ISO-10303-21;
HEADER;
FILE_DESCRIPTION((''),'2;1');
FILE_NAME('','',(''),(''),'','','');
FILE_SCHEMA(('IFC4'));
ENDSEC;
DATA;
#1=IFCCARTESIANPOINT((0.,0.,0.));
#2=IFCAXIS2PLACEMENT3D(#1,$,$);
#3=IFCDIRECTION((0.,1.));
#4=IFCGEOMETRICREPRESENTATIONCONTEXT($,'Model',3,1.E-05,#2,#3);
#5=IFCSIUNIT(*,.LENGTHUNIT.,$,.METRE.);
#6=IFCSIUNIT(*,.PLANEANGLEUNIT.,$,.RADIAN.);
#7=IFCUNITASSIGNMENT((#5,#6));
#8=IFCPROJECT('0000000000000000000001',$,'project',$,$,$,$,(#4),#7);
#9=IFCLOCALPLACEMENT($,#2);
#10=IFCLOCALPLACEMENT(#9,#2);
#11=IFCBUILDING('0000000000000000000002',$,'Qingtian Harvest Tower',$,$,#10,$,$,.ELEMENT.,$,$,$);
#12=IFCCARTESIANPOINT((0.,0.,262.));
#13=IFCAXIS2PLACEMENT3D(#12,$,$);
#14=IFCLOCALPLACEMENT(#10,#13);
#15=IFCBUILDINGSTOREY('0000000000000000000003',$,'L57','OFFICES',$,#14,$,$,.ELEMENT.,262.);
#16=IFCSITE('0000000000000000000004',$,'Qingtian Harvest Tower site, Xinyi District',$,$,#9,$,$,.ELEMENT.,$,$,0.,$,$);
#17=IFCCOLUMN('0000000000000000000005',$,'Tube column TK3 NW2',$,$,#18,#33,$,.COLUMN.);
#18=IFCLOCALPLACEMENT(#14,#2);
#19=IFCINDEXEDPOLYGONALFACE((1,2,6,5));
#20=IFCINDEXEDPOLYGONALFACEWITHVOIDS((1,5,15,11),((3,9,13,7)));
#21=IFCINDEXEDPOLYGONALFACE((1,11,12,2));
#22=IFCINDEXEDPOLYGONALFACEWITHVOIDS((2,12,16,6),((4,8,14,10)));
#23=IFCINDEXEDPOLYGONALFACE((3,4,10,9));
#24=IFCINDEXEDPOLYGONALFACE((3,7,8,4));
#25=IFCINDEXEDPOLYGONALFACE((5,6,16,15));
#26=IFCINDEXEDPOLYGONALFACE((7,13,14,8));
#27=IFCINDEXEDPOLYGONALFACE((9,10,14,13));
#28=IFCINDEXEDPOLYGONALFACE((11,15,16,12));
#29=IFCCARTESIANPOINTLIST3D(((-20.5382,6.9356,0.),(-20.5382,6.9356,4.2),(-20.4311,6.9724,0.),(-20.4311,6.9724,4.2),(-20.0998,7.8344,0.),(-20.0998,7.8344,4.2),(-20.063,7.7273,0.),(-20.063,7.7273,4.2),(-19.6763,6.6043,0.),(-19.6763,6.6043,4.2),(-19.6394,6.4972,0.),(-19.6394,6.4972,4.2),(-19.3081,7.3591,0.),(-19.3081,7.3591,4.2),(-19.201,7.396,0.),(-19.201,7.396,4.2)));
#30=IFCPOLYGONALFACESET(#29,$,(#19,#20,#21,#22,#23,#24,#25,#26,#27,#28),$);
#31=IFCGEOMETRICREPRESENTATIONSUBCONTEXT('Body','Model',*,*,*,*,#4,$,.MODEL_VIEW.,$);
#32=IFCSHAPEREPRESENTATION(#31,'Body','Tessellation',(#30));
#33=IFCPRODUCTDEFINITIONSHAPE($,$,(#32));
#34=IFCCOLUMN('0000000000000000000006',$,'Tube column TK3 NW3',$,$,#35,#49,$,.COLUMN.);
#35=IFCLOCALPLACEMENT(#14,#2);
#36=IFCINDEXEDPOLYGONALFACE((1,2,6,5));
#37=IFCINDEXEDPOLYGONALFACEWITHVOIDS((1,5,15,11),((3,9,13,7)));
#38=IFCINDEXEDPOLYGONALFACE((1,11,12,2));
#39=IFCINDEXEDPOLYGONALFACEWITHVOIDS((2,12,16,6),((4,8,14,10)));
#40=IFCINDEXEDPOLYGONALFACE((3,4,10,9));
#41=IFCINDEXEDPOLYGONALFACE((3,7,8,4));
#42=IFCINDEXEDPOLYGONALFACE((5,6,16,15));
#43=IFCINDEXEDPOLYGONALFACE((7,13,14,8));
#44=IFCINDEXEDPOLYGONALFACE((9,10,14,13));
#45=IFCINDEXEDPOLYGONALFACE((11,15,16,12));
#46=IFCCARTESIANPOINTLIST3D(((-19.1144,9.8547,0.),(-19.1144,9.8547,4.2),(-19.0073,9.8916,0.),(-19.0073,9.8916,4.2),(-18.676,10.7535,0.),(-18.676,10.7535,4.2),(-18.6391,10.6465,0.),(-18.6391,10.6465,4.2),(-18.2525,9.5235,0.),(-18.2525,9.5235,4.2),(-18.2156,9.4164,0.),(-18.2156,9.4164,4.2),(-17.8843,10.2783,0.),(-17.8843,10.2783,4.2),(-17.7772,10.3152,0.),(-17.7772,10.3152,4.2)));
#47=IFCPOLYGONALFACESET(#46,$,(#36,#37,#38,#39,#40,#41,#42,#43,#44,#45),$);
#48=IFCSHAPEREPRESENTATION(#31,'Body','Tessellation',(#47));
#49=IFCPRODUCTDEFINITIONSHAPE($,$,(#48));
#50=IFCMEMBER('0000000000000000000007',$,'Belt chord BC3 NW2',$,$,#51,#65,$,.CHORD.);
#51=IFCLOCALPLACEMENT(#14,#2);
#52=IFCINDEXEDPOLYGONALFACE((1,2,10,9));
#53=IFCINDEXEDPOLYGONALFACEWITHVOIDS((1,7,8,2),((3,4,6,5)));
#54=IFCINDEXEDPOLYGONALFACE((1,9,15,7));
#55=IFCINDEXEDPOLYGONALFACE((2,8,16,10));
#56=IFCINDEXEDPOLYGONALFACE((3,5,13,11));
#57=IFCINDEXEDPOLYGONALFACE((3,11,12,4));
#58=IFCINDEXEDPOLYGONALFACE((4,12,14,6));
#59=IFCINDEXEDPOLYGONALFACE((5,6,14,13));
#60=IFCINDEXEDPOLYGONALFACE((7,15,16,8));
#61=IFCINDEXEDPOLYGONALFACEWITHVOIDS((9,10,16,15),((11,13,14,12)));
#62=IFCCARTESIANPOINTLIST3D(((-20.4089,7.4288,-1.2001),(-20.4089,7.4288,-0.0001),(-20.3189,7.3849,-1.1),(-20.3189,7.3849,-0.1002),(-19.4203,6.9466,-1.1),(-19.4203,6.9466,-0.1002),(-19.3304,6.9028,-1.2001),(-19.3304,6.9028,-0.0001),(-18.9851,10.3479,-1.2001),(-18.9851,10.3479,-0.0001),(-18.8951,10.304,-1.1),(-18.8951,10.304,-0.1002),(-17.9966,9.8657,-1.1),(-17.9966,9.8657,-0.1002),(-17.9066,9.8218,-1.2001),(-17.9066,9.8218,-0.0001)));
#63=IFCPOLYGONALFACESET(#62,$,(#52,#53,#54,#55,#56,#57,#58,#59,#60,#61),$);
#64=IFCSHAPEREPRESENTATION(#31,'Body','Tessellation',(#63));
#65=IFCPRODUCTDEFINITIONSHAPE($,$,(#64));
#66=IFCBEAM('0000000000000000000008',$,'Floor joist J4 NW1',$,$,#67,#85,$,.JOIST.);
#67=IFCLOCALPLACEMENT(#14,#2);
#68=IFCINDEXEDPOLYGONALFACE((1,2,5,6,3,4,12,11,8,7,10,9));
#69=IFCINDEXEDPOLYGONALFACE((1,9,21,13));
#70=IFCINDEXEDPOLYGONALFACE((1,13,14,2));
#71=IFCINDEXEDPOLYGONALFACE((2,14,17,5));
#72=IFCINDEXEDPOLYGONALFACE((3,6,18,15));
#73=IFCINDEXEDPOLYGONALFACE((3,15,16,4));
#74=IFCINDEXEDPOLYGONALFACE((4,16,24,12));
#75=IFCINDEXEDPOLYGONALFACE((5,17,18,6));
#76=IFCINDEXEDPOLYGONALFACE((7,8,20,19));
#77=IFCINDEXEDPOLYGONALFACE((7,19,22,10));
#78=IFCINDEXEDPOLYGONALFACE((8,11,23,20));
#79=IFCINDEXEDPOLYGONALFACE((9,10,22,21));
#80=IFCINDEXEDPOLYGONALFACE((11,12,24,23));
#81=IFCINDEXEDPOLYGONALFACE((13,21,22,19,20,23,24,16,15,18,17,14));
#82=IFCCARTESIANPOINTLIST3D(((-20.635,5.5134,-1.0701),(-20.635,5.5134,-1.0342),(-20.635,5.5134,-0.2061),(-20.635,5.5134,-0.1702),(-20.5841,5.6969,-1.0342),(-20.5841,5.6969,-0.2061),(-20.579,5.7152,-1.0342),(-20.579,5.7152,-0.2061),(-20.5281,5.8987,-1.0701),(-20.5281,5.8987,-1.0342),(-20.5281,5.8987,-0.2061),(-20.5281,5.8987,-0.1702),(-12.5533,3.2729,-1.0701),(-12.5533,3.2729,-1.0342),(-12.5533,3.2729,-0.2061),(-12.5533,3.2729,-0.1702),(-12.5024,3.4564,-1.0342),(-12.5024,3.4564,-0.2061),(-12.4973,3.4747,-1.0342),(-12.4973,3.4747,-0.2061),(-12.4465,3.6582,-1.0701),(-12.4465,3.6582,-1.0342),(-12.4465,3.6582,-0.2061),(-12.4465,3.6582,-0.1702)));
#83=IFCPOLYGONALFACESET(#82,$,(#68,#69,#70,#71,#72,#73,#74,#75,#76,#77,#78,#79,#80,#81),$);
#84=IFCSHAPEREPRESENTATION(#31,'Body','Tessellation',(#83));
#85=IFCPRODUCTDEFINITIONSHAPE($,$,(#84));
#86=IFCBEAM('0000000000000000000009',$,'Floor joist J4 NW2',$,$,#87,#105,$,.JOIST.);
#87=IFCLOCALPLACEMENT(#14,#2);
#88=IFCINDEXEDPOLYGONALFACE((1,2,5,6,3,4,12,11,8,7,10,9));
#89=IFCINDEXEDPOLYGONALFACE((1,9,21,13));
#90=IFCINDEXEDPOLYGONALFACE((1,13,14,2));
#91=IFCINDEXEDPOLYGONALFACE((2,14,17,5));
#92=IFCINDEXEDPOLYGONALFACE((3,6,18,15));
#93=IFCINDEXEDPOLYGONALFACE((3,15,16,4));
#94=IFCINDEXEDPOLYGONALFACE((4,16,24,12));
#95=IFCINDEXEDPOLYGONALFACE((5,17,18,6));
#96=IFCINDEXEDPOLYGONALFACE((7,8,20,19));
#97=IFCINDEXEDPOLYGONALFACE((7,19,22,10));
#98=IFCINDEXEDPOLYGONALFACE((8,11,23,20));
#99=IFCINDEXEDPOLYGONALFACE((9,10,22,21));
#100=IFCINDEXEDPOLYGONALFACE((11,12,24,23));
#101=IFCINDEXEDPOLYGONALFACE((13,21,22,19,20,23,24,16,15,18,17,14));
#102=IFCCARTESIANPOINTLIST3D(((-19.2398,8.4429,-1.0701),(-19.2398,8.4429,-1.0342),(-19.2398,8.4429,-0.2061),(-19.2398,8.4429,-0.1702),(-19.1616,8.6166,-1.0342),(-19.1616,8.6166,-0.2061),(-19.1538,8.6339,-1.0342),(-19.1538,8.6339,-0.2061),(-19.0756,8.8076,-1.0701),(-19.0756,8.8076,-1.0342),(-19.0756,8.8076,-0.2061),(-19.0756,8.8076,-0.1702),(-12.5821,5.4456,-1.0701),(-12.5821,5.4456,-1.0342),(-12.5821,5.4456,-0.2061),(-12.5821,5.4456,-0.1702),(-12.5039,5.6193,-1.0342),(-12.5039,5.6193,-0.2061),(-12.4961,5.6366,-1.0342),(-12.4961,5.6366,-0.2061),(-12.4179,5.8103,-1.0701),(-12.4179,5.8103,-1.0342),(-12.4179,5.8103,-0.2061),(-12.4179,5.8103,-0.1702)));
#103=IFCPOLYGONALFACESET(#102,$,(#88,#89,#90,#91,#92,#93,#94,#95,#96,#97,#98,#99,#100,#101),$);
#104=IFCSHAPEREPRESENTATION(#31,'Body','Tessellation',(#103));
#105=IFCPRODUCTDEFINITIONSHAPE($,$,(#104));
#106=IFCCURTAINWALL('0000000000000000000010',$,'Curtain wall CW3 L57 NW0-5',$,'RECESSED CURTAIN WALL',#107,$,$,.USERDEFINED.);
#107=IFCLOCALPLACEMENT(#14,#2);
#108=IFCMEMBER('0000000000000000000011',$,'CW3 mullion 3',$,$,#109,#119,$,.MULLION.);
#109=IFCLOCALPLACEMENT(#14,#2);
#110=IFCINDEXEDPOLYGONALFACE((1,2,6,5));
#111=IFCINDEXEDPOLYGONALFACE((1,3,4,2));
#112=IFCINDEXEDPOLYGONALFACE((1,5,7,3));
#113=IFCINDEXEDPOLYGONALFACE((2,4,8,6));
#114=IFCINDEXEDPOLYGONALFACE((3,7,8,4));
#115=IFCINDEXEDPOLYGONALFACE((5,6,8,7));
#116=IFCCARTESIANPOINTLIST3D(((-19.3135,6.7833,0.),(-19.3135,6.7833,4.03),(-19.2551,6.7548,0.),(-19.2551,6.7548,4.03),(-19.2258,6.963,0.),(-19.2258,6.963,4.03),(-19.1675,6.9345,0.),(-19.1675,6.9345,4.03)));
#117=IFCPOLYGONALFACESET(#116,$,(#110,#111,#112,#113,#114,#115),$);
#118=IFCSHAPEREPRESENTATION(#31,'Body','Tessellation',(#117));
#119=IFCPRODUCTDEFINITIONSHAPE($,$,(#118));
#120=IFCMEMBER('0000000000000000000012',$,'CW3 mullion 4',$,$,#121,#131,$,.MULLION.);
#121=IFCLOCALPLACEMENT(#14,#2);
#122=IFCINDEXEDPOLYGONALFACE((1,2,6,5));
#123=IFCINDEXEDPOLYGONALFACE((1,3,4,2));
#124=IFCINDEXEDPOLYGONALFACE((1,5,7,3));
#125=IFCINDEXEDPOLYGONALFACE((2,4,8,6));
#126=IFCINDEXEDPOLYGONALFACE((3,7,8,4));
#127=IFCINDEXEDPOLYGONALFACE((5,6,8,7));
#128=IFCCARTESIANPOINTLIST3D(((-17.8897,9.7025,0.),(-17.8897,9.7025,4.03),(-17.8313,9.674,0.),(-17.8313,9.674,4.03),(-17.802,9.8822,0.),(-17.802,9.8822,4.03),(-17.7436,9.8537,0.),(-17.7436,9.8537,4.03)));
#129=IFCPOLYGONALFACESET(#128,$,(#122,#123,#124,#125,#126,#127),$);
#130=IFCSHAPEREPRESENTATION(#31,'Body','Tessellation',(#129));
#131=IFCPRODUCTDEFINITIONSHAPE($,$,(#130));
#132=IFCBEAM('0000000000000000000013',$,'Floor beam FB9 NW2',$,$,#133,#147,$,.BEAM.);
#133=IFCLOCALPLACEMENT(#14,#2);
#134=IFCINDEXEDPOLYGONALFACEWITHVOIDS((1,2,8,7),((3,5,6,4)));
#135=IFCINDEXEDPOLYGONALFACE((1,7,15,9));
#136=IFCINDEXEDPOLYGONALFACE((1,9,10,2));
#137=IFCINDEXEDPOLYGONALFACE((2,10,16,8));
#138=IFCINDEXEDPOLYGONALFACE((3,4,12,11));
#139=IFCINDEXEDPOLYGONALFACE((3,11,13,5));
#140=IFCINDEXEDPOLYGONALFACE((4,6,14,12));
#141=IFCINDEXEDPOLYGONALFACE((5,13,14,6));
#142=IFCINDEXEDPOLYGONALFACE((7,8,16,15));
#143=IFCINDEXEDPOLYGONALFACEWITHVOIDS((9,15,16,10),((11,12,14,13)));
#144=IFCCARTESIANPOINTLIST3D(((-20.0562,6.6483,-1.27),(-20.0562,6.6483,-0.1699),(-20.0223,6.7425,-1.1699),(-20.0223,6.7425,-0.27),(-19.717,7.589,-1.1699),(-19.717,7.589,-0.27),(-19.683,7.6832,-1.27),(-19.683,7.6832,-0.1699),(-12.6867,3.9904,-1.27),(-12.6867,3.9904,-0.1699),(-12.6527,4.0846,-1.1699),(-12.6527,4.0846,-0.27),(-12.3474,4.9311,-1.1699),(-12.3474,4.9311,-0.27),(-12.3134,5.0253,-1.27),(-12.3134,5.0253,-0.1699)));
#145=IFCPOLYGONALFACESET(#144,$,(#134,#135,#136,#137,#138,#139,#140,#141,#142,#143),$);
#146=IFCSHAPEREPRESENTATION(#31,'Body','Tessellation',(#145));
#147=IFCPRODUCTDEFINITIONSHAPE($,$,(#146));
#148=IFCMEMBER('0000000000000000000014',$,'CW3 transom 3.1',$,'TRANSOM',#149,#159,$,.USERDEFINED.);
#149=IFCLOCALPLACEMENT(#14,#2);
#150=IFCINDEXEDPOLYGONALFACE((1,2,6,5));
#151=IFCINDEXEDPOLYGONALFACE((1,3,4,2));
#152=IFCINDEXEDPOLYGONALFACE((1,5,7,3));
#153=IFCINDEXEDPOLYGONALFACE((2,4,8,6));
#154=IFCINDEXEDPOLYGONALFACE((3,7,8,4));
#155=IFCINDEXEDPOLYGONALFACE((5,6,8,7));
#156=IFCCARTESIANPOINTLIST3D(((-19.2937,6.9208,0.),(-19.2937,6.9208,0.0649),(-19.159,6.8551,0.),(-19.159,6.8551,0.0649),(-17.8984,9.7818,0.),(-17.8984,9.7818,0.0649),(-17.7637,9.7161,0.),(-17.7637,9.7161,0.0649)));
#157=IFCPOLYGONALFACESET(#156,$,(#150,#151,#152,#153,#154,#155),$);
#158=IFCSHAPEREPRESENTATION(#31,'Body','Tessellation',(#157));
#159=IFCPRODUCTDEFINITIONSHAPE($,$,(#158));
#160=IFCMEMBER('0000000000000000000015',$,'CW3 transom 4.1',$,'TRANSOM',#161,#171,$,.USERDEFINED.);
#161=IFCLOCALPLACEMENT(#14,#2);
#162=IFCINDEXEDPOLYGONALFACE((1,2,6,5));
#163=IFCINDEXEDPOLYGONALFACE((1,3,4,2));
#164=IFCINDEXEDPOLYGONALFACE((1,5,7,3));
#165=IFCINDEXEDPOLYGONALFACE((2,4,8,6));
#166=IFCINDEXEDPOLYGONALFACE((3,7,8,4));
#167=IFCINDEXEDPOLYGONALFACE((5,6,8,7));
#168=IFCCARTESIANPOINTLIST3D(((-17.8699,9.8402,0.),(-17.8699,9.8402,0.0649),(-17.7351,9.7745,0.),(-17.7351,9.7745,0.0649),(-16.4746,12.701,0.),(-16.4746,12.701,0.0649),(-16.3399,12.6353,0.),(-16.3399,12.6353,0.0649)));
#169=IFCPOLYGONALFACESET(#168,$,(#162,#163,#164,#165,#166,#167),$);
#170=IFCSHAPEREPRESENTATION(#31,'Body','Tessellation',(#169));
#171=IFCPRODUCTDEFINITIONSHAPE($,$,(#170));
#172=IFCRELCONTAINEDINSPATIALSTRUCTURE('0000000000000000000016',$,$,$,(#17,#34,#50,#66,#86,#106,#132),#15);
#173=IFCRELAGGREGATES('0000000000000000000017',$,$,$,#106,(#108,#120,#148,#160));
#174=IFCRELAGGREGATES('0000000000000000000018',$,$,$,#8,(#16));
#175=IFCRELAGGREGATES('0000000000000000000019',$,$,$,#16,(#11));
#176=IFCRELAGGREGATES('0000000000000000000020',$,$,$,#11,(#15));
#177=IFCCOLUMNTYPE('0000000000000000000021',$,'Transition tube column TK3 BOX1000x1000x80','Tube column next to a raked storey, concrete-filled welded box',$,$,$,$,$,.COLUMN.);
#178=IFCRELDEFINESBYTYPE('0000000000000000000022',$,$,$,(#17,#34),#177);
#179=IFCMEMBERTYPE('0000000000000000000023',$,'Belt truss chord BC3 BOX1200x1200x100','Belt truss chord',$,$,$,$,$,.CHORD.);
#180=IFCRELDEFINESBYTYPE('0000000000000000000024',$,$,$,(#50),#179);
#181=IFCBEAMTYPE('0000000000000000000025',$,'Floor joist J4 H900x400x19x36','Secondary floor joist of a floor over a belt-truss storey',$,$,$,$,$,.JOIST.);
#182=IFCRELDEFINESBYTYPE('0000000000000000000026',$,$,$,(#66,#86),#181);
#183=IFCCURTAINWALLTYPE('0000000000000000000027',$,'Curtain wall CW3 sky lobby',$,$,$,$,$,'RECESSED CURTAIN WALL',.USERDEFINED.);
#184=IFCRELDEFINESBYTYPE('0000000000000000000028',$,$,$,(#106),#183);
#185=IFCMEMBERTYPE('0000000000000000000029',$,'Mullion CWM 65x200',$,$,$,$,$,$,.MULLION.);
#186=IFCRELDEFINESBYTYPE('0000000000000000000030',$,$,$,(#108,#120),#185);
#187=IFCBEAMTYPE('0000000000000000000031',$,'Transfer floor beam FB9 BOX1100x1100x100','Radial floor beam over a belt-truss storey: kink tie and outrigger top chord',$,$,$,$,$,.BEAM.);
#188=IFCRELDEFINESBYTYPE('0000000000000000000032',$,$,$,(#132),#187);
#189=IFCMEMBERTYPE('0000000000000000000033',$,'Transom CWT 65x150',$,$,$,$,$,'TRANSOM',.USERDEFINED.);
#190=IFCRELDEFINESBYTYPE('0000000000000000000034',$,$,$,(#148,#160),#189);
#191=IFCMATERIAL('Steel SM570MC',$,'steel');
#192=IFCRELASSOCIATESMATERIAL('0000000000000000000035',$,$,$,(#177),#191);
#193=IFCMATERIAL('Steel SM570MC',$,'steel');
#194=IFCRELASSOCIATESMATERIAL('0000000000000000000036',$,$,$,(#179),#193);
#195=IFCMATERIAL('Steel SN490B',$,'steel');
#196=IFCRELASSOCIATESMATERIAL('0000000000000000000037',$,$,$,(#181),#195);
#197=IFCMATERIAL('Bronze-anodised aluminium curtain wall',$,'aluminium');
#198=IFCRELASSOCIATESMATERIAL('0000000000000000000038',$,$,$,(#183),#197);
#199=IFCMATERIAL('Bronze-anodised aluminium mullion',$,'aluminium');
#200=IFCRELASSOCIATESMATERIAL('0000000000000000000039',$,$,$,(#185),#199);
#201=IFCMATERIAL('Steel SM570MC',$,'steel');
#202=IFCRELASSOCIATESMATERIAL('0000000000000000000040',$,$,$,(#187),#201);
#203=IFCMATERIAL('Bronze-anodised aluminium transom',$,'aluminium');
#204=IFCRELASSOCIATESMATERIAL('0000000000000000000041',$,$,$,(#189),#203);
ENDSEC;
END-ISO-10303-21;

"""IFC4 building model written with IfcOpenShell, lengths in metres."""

from ifc_helpers import new_model, si_unit, direction, frame, origin, origin_2d, place, context, subcontext, project, spatial, rectangle, hollow_rectangle, i_section, extrude, material, material_profile, profile_set, type_object, element, aggregate, save


model = new_model("IFC4")

# Units and contexts
model_context = context("Model", 3, precision=1e-05, world=origin(), true_north=direction((0.0, 1.0)))
body_context = subcontext(model_context, "Body", "Model", "MODEL_VIEW")
ifc_project = project(units=[si_unit("LENGTHUNIT", "METRE"), si_unit("PLANEANGLEUNIT", "RADIAN")], contexts=[model_context])

# Site, building, storey
site_placement = place(None, origin())
site = spatial("IfcSite", under=ifc_project, at=site_placement, Name="Qingtian Harvest Tower site, Xinyi District", CompositionType="ELEMENT", RefElevation=0.0)
building_placement = place(site_placement, origin())
building = spatial("IfcBuilding", under=site, at=building_placement, Name="Qingtian Harvest Tower", CompositionType="ELEMENT")
storey_placement = place(building_placement, frame((0.0, 0.0, 262.0)))
storey = spatial("IfcBuildingStorey", under=building, at=storey_placement, Name="L57", Description="OFFICES", CompositionType="ELEMENT", Elevation=262.0)

# Columns
ifc_material_1 = material(Name="Steel SM570MC", Category="steel")
ifc_material_profile_1 = material_profile(ifc_material_1, hollow_rectangle(XDim=1.0, YDim=1.0, WallThickness=0.0801, at=origin_2d()), Name="BOX1000x1000x80")
ifc_profile_set_1 = profile_set([ifc_material_profile_1], Name="Steel SM570MC")
column_type = type_object("IfcColumnType", Name="Transition tube column TK3 BOX1000x1000x80", Description="Tube column next to a raked storey, concrete-filled welded box", PredefinedType="COLUMN", material=ifc_profile_set_1)
for number, where, z_axis, x_axis, name in (
    (1, (-19.8696, 7.1658, 0.0), (0.0, 0.0, 1.0), (-0.438371, -0.898794, 0.0), "Tube column TK3 NW2"),
    (2, (-18.4458, 10.085, 0.0), (0.0, 0.0, 1.0), (-0.438371, -0.898794, 0.0), "Tube column TK3 NW3"),
):
    element("IfcColumn", number, at=place(storey_placement, frame(where, z_axis=z_axis, x_axis=x_axis)), inside=storey, type_object=column_type, Name=name, PredefinedType="COLUMN", context=body_context, shape_type="SweptSolid", body=[
        extrude(hollow_rectangle(XDim=1.0, YDim=1.0, WallThickness=0.0801, at=origin_2d()), origin(), (0.0, 0.0, 1.0), 4.2),
    ])

# Member
ifc_material_2 = material(Name="Steel SM570MC", Category="steel")
ifc_material_profile_2 = material_profile(ifc_material_2, hollow_rectangle(XDim=1.2, YDim=1.2, WallThickness=0.1001, at=origin_2d()), Name="BOX1200x1200x100")
ifc_profile_set_2 = profile_set([ifc_material_profile_2], Name="Steel SM570MC")
member_type_1 = type_object("IfcMemberType", Name="Belt truss chord BC3 BOX1200x1200x100", Description="Belt truss chord", PredefinedType="CHORD", material=ifc_profile_set_2)
member_1_placement = place(storey_placement, frame((-19.8696, 7.1658, -0.6001), z_axis=(0.438382, 0.898789, 0.0), x_axis=(-0.898789, 0.438382, 0.0)))
element("IfcMember", 3, at=member_1_placement, inside=storey, type_object=member_type_1, Name="Belt chord BC3 NW2", PredefinedType="CHORD", context=body_context, shape_type="SweptSolid", body=[
    extrude(hollow_rectangle(XDim=1.2, YDim=1.2, WallThickness=0.1001, at=origin_2d()), origin(), (0.0, 0.0, 1.0), 3.2478),
])

# Beams
ifc_material_3 = material(Name="Steel SN490B", Category="steel")
ifc_material_profile_3 = material_profile(ifc_material_3, i_section(OverallWidth=0.3999, OverallDepth=0.8999, WebThickness=0.019, FlangeThickness=0.0359, at=origin_2d()), Name="H900x400x19x36")
ifc_profile_set_3 = profile_set([ifc_material_profile_3], Name="Steel SN490B")
beam_type_1 = type_object("IfcBeamType", Name="Floor joist J4 H900x400x19x36", Description="Secondary floor joist of a floor over a belt-truss storey", PredefinedType="JOIST", material=ifc_profile_set_3)
beam_1_placement = place(storey_placement, frame((-20.5815, 5.7061, -0.6201), z_axis=(0.963653, -0.267157, 0.0), x_axis=(0.267157, 0.963653, 0.0)))
element("IfcBeam", 4, at=beam_1_placement, inside=storey, type_object=beam_type_1, Name="Floor joist J4 NW1", PredefinedType="JOIST", context=body_context, shape_type="SweptSolid", body=[
    extrude(i_section(OverallWidth=0.3999, OverallDepth=0.8999, WebThickness=0.019, FlangeThickness=0.0359, at=origin_2d()), origin(), (0.0, 0.0, 1.0), 8.3865),
])
beam_2_placement = place(storey_placement, frame((-19.1577, 8.6252, -0.6201), z_axis=(0.911853, -0.410518, 0.0), x_axis=(0.410518, 0.911853, 0.0)))
element("IfcBeam", 5, at=beam_2_placement, inside=storey, type_object=beam_type_1, Name="Floor joist J4 NW2", PredefinedType="JOIST", context=body_context, shape_type="SweptSolid", body=[
    extrude(i_section(OverallWidth=0.3999, OverallDepth=0.8999, WebThickness=0.019, FlangeThickness=0.0359, at=origin_2d()), origin(), (0.0, 0.0, 1.0), 7.3013),
])

# Curtain wall, members
ifc_material_4 = material(Name="Bronze-anodised aluminium curtain wall", Category="aluminium")
curtain_wall_type = type_object("IfcCurtainWallType", Name="Curtain wall CW3 sky lobby", ElementType="RECESSED CURTAIN WALL", PredefinedType="USERDEFINED", material=ifc_material_4)
curtain_wall_placement = place(storey_placement, origin())
curtain_wall = element("IfcCurtainWall", 6, at=curtain_wall_placement, inside=storey, type_object=curtain_wall_type, Name="Curtain wall CW3 L57 NW0-5", ObjectType="RECESSED CURTAIN WALL", PredefinedType="USERDEFINED")
ifc_material_5 = material(Name="Bronze-anodised aluminium mullion", Category="aluminium")
ifc_material_profile_4 = material_profile(ifc_material_5, rectangle(XDim=0.0649, YDim=0.2, at=origin_2d()), Name="AL 65x200")
ifc_profile_set_4 = profile_set([ifc_material_profile_4], Name="Bronze-anodised aluminium mullion")
member_type_2 = type_object("IfcMemberType", Name="Mullion CWM 65x200", PredefinedType="MULLION", material=ifc_profile_set_4)
member_2_placement = place(storey_placement, frame((-19.2405, 6.8589, 0.0), z_axis=(0.0, 0.0, 1.0), x_axis=(-0.898794, 0.438371, 0.0)))
member_2 = element("IfcMember", 7, at=member_2_placement, type_object=member_type_2, Name="CW3 mullion 3", PredefinedType="MULLION", context=body_context, shape_type="SweptSolid", body=[
    extrude(rectangle(XDim=0.0649, YDim=0.2, at=origin_2d()), origin(), (0.0, 0.0, 1.0), 4.03),
])
member_3_placement = place(storey_placement, frame((-17.8167, 9.7781, 0.0), z_axis=(0.0, 0.0, 1.0), x_axis=(-0.898794, 0.438371, 0.0)))
member_3 = element("IfcMember", 8, at=member_3_placement, type_object=member_type_2, Name="CW3 mullion 4", PredefinedType="MULLION", context=body_context, shape_type="SweptSolid", body=[
    extrude(rectangle(XDim=0.0649, YDim=0.2, at=origin_2d()), origin(), (0.0, 0.0, 1.0), 4.03),
])

# Beam
ifc_material_6 = material(Name="Steel SM570MC", Category="steel")
ifc_material_profile_5 = material_profile(ifc_material_6, hollow_rectangle(XDim=1.1001, YDim=1.1001, WallThickness=0.1001, at=origin_2d()), Name="BOX1100x1100x100")
ifc_profile_set_5 = profile_set([ifc_material_profile_5], Name="Steel SM570MC")
beam_type_2 = type_object("IfcBeamType", Name="Transfer floor beam FB9 BOX1100x1100x100", Description="Radial floor beam over a belt-truss storey: kink tie and outrigger top chord", PredefinedType="BEAM", material=ifc_profile_set_5)
beam_3_placement = place(storey_placement, frame((-19.8696, 7.1658, -0.72), z_axis=(0.940688, -0.339272, 0.0), x_axis=(0.339272, 0.940688, 0.0)))
element("IfcBeam", 9, at=beam_3_placement, inside=storey, type_object=beam_type_2, Name="Floor beam FB9 NW2", PredefinedType="BEAM", context=body_context, shape_type="SweptSolid", body=[
    extrude(hollow_rectangle(XDim=1.1001, YDim=1.1001, WallThickness=0.1001, at=origin_2d()), origin(), (0.0, 0.0, 1.0), 7.8342),
])

# Members
ifc_material_7 = material(Name="Bronze-anodised aluminium transom", Category="aluminium")
ifc_material_profile_6 = material_profile(ifc_material_7, rectangle(XDim=0.1499, YDim=0.0649, at=origin_2d()), Name="AL 65x150")
ifc_profile_set_6 = profile_set([ifc_material_profile_6], Name="Bronze-anodised aluminium transom")
member_type_3 = type_object("IfcMemberType", Name="Transom CWT 65x150", ElementType="TRANSOM", PredefinedType="USERDEFINED", material=ifc_profile_set_6)
member_4_placement = place(storey_placement, frame((-19.2263, 6.8879, 0.0325), z_axis=(0.438325, 0.898816, 0.0), x_axis=(-0.898816, 0.438325, 0.0)))
member_4 = element("IfcMember", 10, at=member_4_placement, type_object=member_type_3, Name="CW3 transom 3.1", ObjectType="TRANSOM", PredefinedType="USERDEFINED", context=body_context, shape_type="SweptSolid", body=[
    extrude(rectangle(XDim=0.1499, YDim=0.0649, at=origin_2d()), origin(), (0.0, 0.0, 1.0), 3.1831),
])
member_5_placement = place(storey_placement, frame((-17.8025, 9.8074, 0.0325), z_axis=(0.438356, 0.898802, 0.0), x_axis=(-0.898802, 0.438356, 0.0)))
member_5 = element("IfcMember", 11, at=member_5_placement, type_object=member_type_3, Name="CW3 transom 4.1", ObjectType="TRANSOM", PredefinedType="USERDEFINED", context=body_context, shape_type="SweptSolid", body=[
    extrude(rectangle(XDim=0.1499, YDim=0.0649, at=origin_2d()), origin(), (0.0, 0.0, 1.0), 3.1829),
])

aggregate(curtain_wall, [member_2, member_3, member_4, member_5])

save(model, "model.ifc")
